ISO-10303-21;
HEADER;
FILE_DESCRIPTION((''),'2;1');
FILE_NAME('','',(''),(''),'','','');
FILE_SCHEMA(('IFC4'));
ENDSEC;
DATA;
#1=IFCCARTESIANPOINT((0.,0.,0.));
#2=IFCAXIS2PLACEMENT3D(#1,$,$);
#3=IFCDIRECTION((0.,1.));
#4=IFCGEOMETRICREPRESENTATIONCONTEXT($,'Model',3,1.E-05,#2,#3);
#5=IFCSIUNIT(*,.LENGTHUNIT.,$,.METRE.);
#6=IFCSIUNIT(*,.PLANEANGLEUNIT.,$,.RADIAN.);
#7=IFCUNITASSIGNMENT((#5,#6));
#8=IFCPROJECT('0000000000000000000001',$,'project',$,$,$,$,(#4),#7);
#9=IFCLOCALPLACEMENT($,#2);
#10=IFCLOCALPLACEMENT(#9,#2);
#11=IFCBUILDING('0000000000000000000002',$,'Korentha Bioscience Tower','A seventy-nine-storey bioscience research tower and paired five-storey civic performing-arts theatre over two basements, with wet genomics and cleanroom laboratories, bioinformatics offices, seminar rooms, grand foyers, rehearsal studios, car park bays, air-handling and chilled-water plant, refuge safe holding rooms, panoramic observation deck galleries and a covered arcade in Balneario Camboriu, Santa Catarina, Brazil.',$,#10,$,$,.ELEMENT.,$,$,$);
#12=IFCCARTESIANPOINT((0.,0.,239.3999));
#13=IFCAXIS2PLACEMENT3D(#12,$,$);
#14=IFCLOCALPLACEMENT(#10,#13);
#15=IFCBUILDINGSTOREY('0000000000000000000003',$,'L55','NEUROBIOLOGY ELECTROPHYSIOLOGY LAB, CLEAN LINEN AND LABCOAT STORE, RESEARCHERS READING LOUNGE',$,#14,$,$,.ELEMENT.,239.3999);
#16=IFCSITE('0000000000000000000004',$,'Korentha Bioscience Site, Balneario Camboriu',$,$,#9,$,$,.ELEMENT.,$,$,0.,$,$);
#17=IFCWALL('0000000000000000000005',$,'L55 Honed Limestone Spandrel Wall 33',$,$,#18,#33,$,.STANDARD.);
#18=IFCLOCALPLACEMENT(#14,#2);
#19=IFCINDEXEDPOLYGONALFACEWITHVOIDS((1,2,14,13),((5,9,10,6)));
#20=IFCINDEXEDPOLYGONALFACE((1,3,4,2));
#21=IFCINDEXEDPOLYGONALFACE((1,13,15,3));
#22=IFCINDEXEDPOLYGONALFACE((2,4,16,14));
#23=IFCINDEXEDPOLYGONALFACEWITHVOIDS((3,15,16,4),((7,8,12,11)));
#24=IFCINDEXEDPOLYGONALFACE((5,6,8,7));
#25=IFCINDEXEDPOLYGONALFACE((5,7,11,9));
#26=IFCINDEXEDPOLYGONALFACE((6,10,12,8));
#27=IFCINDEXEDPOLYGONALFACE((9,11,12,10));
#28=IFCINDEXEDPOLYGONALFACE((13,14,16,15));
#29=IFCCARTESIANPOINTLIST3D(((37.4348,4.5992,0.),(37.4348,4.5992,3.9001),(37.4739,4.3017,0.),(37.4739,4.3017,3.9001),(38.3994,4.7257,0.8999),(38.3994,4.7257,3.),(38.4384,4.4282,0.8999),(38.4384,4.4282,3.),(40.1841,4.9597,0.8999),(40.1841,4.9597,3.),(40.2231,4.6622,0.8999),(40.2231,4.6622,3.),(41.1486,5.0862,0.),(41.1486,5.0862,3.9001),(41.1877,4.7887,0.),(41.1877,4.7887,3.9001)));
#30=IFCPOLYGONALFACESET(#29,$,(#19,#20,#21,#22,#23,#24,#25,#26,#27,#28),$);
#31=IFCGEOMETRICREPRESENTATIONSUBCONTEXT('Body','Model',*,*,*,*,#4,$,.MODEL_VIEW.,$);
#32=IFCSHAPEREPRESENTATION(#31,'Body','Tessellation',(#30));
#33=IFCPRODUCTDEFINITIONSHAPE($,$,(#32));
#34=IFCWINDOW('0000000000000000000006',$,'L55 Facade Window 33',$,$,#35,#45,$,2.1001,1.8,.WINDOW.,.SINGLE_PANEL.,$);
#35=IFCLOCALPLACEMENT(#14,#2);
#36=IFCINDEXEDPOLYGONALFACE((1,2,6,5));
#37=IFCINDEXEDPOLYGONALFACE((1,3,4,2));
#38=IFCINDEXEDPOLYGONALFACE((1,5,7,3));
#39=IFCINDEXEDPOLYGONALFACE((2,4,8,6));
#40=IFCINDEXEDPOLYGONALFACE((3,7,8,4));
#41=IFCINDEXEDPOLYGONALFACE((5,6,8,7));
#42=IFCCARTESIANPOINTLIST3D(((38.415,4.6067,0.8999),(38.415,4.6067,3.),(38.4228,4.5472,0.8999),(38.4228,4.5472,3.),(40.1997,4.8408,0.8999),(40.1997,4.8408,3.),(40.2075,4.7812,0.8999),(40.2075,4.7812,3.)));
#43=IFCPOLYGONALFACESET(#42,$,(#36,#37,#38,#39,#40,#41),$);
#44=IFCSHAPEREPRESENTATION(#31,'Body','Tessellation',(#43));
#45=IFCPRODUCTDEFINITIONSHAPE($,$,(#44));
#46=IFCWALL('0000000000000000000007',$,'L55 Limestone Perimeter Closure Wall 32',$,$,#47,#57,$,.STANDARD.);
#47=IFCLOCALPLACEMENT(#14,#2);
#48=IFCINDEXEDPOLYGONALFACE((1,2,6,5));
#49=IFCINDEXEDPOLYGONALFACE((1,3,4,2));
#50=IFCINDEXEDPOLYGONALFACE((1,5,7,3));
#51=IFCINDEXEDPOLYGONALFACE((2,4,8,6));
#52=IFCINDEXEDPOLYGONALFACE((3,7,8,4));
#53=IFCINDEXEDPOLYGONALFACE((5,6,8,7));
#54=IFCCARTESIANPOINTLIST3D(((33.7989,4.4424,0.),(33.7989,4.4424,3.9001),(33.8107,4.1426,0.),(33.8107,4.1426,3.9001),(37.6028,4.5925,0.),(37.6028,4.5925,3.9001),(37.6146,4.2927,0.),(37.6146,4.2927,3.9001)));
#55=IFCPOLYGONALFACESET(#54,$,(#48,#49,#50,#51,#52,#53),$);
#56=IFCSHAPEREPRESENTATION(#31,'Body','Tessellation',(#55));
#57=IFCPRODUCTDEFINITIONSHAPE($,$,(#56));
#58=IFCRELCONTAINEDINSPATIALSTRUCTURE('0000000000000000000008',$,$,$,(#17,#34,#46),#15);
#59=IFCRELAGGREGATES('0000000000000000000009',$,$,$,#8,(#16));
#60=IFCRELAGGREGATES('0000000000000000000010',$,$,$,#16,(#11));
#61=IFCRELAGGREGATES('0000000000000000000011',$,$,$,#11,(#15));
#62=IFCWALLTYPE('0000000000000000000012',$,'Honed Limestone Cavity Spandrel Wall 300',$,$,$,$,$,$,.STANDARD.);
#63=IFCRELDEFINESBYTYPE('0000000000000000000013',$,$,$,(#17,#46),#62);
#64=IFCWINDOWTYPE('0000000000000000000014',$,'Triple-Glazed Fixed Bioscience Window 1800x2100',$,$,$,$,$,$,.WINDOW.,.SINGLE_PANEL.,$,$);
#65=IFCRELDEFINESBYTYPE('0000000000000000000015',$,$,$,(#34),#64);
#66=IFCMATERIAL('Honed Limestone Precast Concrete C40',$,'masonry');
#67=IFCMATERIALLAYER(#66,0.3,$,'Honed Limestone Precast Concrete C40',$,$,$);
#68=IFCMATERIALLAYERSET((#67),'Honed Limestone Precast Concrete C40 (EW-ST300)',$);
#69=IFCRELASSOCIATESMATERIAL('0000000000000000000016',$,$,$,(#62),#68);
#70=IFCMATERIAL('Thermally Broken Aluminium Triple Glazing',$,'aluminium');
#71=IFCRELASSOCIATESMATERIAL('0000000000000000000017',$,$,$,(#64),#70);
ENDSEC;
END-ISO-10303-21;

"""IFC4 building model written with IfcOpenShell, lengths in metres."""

from ifc_helpers import new_model, si_unit, direction, frame, frame_2d, origin, place, context, subcontext, project, spatial, rectangle, extrude, material, layer, layer_set, type_object, element, fill, save


model = new_model("IFC4")

# Units and contexts
model_context = context("Model", 3, precision=1e-05, world=origin(), true_north=direction((0.0, 1.0)))
body_context = subcontext(model_context, "Body", "Model", "MODEL_VIEW")
ifc_project = project(units=[si_unit("LENGTHUNIT", "METRE"), si_unit("PLANEANGLEUNIT", "RADIAN")], contexts=[model_context])

# Site, building, storey
site_placement = place(None, origin())
site = spatial("IfcSite", under=ifc_project, at=site_placement, Name="Korentha Bioscience Site, Balneario Camboriu", CompositionType="ELEMENT", RefElevation=0.0)
building_placement = place(site_placement, origin())
building = spatial("IfcBuilding", under=site, at=building_placement, Name="Korentha Bioscience Tower", Description="A seventy-nine-storey bioscience research tower and paired five-storey civic performing-arts theatre over two basements, with wet genomics and cleanroom laboratories, bioinformatics offices, seminar rooms, grand foyers, rehearsal studios, car park bays, air-handling and chilled-water plant, refuge safe holding rooms, panoramic observation deck galleries and a covered arcade in Balneario Camboriu, Santa Catarina, Brazil.", CompositionType="ELEMENT")
storey_placement = place(building_placement, frame((0.0, 0.0, 239.3999)))
storey = spatial("IfcBuildingStorey", under=building, at=storey_placement, Name="L55", Description="NEUROBIOLOGY ELECTROPHYSIOLOGY LAB, CLEAN LINEN AND LABCOAT STORE, RESEARCHERS READING LOUNGE", CompositionType="ELEMENT", Elevation=239.3999)

# Wall, opening, window
ifc_material_1 = material(Name="Honed Limestone Precast Concrete C40", Category="masonry")
ifc_layer_1 = layer(ifc_material_1, 0.3, Name="Honed Limestone Precast Concrete C40")
ifc_layer_set_1 = layer_set([ifc_layer_1], Name="Honed Limestone Precast Concrete C40 (EW-ST300)")
wall_type_1 = type_object("IfcWallType", Name="Honed Limestone Cavity Spandrel Wall 300", PredefinedType="STANDARD", material=ifc_layer_set_1)
wall_1_placement = place(storey_placement, frame((37.4543, 4.4504, 0.0), z_axis=(0.0, 0.0, 1.0), x_axis=(0.99151, 0.130033, 0.0)))
wall_1 = element("IfcWall", 1, at=wall_1_placement, inside=storey, type_object=wall_type_1, Name="L55 Honed Limestone Spandrel Wall 33", PredefinedType="STANDARD", context=body_context, shape_type="SweptSolid", body=[
    extrude(rectangle(XDim=3.7456, YDim=0.3, at=frame_2d((1.8728, 0.0))), origin(), (0.0, 0.0, 1.0), 3.9001),
])
opening_1_placement = place(wall_1_placement, frame((0.9729, 0.0, 0.8999)))
opening_1 = element("IfcOpeningElement", 2, at=opening_1_placement, cuts=wall_1, PredefinedType="OPENING", context=body_context, shape_type="SweptSolid", body=[
    extrude(rectangle(XDim=1.8, YDim=2.1001, at=frame_2d((0.8999, 1.05))), frame((0.0, 0.165, 0.0), z_axis=(0.0, -1.0, 0.0), x_axis=(1.0, 0.0, 0.0)), (0.0, 0.0, 1.0), 0.3298),
])
ifc_material_2 = material(Name="Thermally Broken Aluminium Triple Glazing", Category="aluminium")
window_type = type_object("IfcWindowType", Name="Triple-Glazed Fixed Bioscience Window 1800x2100", PartitioningType="SINGLE_PANEL", PredefinedType="WINDOW", material=ifc_material_2)
window_placement = place(opening_1_placement, origin())
window = element("IfcWindow", 3, at=window_placement, inside=storey, type_object=window_type, Name="L55 Facade Window 33", OverallHeight=2.1001, OverallWidth=1.8, PartitioningType="SINGLE_PANEL", PredefinedType="WINDOW", context=body_context, shape_type="SweptSolid", body=[
    extrude(rectangle(XDim=1.8, YDim=2.1001, at=frame_2d((0.8999, 1.05))), frame((0.0, 0.03, 0.0), z_axis=(0.0, -1.0, 0.0), x_axis=(1.0, 0.0, 0.0)), (0.0, 0.0, 1.0), 0.0601),
])
fill(opening_1, window)

# Wall
wall_2_placement = place(storey_placement, frame((33.8049, 4.2925, 0.0), z_axis=(0.0, 0.0, 1.0), x_axis=(0.999222, 0.03944, 0.0)))
element("IfcWall", 4, at=wall_2_placement, inside=storey, type_object=wall_type_1, Name="L55 Limestone Perimeter Closure Wall 32", PredefinedType="STANDARD", context=body_context, shape_type="SweptSolid", body=[
    extrude(rectangle(XDim=3.8069, YDim=0.3, at=frame_2d((1.9033, 0.0))), origin(), (0.0, 0.0, 1.0), 3.9001),
])

save(model, "model.ifc")
